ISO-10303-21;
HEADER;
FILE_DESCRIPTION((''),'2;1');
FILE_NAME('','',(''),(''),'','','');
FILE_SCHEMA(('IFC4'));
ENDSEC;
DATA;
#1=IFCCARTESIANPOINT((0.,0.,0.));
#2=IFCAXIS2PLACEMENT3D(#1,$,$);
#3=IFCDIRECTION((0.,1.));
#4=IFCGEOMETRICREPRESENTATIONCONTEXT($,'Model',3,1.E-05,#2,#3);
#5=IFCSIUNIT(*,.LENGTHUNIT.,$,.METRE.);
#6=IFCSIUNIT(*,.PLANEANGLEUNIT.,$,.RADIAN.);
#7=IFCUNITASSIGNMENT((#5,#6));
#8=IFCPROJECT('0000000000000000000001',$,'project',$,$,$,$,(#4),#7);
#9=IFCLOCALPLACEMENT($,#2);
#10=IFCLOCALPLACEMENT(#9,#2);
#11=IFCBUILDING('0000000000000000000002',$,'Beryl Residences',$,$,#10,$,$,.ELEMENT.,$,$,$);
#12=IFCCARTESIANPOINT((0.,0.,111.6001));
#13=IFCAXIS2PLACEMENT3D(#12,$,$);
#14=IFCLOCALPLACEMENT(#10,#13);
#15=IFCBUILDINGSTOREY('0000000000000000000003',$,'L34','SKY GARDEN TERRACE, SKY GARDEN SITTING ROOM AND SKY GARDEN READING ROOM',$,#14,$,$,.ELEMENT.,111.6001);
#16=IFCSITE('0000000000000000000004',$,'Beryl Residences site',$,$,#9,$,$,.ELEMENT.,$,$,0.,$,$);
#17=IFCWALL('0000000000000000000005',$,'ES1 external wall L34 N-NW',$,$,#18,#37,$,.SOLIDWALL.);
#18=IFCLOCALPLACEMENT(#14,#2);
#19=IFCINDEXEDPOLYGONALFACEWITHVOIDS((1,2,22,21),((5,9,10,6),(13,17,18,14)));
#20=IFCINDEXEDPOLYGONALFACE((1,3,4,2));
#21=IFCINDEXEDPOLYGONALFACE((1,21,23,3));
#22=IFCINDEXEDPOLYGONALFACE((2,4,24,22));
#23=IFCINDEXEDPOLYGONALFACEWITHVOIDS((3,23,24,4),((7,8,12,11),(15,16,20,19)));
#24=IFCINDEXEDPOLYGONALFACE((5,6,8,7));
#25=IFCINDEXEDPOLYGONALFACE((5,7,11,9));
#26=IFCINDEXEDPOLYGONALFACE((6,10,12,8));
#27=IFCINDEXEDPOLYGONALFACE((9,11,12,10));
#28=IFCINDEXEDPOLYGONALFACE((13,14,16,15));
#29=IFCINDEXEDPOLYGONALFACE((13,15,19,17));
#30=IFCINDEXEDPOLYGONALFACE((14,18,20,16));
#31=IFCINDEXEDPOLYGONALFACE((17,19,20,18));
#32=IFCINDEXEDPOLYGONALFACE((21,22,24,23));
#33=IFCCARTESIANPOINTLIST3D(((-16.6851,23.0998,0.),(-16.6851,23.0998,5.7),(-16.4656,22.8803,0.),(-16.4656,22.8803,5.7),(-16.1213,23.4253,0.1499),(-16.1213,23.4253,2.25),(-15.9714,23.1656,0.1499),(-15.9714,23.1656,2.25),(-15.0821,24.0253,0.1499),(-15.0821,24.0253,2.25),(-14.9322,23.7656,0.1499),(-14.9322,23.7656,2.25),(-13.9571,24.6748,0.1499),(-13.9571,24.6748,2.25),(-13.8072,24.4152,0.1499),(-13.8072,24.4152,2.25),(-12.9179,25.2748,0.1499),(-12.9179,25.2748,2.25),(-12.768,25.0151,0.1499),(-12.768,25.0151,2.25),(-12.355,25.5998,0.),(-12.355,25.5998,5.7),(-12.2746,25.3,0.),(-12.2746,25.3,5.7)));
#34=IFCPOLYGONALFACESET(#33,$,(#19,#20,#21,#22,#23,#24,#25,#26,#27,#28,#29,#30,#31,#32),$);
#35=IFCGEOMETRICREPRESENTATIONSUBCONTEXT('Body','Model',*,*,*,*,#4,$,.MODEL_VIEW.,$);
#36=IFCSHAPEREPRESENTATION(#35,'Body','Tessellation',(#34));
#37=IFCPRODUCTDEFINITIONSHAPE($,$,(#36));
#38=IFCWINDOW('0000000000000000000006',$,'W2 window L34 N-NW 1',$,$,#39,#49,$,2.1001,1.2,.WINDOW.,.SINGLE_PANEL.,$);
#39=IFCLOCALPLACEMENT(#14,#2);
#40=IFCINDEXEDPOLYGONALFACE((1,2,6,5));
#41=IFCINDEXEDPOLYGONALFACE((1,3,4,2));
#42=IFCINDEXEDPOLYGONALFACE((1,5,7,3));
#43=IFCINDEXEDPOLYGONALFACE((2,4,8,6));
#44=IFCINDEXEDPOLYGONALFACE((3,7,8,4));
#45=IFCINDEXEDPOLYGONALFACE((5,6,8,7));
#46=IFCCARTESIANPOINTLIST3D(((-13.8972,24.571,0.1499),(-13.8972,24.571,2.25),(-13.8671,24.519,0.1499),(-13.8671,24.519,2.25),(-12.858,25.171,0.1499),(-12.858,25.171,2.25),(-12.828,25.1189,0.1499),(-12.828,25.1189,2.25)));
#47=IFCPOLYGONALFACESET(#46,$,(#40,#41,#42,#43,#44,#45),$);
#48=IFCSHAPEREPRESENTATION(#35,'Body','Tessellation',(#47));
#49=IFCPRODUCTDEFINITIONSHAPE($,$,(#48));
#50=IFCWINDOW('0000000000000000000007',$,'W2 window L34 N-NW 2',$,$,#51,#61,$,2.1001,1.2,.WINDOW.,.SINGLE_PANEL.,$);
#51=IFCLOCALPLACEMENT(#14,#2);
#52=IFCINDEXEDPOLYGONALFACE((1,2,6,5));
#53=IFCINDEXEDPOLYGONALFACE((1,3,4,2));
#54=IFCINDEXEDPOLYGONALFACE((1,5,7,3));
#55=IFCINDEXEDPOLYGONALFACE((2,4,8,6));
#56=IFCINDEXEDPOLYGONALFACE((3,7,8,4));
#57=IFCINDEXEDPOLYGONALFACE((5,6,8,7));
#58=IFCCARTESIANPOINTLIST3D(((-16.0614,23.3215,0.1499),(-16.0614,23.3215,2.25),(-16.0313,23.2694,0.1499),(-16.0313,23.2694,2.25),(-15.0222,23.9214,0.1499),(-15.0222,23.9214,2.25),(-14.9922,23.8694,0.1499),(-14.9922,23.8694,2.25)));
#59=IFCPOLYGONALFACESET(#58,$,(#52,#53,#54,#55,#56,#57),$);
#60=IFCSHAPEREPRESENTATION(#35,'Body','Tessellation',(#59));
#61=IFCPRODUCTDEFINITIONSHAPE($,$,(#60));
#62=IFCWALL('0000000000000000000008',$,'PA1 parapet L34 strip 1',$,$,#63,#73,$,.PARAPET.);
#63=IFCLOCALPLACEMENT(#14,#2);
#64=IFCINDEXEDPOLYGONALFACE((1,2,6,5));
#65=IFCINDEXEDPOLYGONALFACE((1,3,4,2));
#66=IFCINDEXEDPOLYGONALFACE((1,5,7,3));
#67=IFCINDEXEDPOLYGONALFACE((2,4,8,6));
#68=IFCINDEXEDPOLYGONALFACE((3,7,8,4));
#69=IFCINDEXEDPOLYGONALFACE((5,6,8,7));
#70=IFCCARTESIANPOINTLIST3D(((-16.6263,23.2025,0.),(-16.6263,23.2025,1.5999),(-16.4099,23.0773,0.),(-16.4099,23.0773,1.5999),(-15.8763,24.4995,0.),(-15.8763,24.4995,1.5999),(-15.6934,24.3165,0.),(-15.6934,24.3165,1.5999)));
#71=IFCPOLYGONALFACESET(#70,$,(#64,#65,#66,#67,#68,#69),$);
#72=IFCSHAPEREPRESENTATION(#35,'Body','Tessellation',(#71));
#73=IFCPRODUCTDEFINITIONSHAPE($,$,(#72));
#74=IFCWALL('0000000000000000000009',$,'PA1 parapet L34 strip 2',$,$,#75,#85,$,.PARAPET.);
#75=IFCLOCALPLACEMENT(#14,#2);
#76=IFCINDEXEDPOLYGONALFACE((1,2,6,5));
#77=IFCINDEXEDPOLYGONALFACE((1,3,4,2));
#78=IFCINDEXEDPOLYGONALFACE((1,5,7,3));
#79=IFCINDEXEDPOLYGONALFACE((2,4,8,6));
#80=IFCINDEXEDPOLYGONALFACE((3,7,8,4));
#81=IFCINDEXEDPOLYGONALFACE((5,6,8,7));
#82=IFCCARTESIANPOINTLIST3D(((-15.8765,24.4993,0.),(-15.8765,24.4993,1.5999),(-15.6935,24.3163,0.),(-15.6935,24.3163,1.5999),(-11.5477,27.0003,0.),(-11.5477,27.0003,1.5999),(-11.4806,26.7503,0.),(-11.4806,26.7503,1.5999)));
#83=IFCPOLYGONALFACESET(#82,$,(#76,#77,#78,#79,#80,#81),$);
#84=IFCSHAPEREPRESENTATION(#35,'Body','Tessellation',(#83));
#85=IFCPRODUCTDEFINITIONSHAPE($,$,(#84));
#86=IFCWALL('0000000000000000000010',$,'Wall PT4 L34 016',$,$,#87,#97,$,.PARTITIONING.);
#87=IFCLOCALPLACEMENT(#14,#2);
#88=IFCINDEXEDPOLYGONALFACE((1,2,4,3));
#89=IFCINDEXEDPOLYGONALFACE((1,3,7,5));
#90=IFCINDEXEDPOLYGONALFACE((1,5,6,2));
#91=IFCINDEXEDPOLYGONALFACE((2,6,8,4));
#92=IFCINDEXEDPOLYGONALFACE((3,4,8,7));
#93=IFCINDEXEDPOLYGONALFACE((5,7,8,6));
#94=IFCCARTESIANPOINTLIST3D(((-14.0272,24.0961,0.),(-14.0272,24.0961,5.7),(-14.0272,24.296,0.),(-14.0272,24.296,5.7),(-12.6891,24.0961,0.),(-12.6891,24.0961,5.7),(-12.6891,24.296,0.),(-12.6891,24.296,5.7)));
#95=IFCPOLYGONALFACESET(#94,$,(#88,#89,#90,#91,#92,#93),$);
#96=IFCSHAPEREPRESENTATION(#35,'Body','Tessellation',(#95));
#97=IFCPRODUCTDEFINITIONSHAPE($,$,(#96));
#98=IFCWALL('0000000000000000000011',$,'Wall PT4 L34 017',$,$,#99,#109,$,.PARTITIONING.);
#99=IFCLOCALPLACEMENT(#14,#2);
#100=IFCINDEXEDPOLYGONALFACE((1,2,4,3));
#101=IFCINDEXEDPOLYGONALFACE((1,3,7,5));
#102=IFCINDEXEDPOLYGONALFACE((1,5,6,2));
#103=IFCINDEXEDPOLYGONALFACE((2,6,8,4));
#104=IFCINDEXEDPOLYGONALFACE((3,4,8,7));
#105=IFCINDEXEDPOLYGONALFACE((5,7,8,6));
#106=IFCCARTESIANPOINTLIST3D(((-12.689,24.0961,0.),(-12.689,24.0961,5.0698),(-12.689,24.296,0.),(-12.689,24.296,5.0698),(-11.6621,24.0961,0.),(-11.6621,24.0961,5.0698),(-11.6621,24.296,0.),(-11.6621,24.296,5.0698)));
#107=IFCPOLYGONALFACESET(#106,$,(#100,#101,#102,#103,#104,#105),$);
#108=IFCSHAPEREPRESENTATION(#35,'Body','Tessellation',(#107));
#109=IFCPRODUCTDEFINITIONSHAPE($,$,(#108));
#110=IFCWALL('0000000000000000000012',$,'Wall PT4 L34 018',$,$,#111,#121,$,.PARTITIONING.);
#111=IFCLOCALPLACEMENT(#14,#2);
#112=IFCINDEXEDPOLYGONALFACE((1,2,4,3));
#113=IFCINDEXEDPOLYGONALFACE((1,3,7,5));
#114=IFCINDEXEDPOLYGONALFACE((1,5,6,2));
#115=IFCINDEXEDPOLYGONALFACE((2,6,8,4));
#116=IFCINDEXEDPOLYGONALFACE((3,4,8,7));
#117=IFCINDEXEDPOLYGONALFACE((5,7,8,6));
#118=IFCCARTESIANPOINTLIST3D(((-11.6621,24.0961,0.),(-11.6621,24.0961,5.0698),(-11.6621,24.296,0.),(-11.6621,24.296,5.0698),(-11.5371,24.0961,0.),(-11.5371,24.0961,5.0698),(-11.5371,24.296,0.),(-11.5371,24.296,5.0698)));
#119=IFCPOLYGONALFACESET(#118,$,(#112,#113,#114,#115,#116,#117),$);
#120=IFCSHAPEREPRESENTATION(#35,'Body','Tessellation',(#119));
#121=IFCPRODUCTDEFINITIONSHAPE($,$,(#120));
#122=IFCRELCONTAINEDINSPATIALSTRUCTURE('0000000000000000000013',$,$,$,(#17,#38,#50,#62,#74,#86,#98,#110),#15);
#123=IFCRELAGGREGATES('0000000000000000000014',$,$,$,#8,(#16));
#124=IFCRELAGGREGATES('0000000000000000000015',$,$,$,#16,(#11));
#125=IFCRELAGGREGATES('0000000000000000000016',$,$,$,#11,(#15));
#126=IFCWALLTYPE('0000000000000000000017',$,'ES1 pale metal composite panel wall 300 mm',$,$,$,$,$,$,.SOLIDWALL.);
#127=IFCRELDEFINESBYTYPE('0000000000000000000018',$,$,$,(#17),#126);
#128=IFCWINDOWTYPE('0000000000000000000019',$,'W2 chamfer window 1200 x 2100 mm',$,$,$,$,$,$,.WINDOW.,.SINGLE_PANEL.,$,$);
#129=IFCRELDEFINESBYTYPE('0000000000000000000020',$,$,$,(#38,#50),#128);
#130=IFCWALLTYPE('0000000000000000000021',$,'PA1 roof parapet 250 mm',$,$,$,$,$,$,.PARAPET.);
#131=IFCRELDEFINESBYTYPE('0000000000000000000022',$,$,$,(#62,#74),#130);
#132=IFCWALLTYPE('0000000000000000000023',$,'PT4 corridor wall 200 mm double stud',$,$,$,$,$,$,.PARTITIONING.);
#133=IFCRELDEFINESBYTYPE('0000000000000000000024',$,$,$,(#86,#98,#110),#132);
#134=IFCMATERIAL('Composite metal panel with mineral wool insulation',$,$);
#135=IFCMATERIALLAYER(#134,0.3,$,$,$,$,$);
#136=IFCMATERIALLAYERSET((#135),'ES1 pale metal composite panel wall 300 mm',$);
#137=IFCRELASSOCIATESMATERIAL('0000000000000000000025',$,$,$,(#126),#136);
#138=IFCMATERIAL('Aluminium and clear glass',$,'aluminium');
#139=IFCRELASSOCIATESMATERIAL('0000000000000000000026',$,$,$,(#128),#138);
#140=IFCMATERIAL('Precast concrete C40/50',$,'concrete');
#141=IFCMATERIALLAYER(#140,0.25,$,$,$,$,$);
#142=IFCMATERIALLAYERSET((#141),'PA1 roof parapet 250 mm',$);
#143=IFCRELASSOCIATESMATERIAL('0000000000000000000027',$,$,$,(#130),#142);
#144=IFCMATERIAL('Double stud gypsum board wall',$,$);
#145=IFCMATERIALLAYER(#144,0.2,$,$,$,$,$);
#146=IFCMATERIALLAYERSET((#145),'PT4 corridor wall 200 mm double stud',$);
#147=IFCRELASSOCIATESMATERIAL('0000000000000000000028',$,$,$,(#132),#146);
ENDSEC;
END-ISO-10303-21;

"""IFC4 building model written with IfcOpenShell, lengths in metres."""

from ifc_helpers import new_model, si_unit, direction, frame, frame_2d, origin, place, context, subcontext, project, spatial, polyline, rectangle, outline, extrude, material, layer, layer_set, type_object, element, fill, save


model = new_model("IFC4")

# Units and contexts
model_context = context("Model", 3, precision=1e-05, world=origin(), true_north=direction((0.0, 1.0)))
body_context = subcontext(model_context, "Body", "Model", "MODEL_VIEW")
ifc_project = project(units=[si_unit("LENGTHUNIT", "METRE"), si_unit("PLANEANGLEUNIT", "RADIAN")], contexts=[model_context])

# Site, building, storey
site_placement = place(None, origin())
site = spatial("IfcSite", under=ifc_project, at=site_placement, Name="Beryl Residences site", CompositionType="ELEMENT", RefElevation=0.0)
building_placement = place(site_placement, origin())
building = spatial("IfcBuilding", under=site, at=building_placement, Name="Beryl Residences", CompositionType="ELEMENT")
storey_placement = place(building_placement, frame((0.0, 0.0, 111.6001)))
storey = spatial("IfcBuildingStorey", under=building, at=storey_placement, Name="L34", Description="SKY GARDEN TERRACE, SKY GARDEN SITTING ROOM AND SKY GARDEN READING ROOM", CompositionType="ELEMENT", Elevation=111.6001)

# Wall, openings, windows
ifc_material_1 = material(Name="Composite metal panel with mineral wool insulation")
ifc_layer_1 = layer(ifc_material_1, 0.3)
ifc_layer_set_1 = layer_set([ifc_layer_1], Name="ES1 pale metal composite panel wall 300 mm")
wall_type_1 = type_object("IfcWallType", Name="ES1 pale metal composite panel wall 300 mm", PredefinedType="SOLIDWALL", material=ifc_layer_set_1)
wall_1_placement = place(storey_placement, frame((-12.28, 25.47, 0.0), z_axis=(0.0, 0.0, 1.0), x_axis=(-0.866023, -0.500004, 0.0)))
wall_1 = element("IfcWall", 1, at=wall_1_placement, inside=storey, type_object=wall_type_1, Name="ES1 external wall L34 N-NW", PredefinedType="SOLIDWALL", context=body_context, shape_type="SweptSolid", body=[
    extrude(outline(polyline([(0.0, -0.1499), (5.0, -0.1499), (4.9197, 0.1499), (0.0803, 0.1499), (0.0, -0.1499)])), origin(), (0.0, 0.0, 1.0), 5.7),
])
opening_1_placement = place(wall_1_placement, frame((0.6499, 0.0, 0.1499)))
opening_1 = element("IfcOpeningElement", 2, at=opening_1_placement, cuts=wall_1, PredefinedType="OPENING", context=body_context, shape_type="SweptSolid", body=[
    extrude(rectangle(XDim=1.2, YDim=2.1001, at=frame_2d((0.6001, 1.05))), frame((0.0, 0.1599, 0.0), z_axis=(0.0, -1.0, 0.0), x_axis=(1.0, 0.0, 0.0)), (0.0, 0.0, 1.0), 0.3201),
])
opening_2_placement = place(wall_1_placement, frame((3.1489, 0.0, 0.1499)))
opening_2 = element("IfcOpeningElement", 3, at=opening_2_placement, cuts=wall_1, PredefinedType="OPENING", context=body_context, shape_type="SweptSolid", body=[
    extrude(rectangle(XDim=1.2, YDim=2.1001, at=frame_2d((0.6001, 1.05))), frame((0.0, 0.1599, 0.0), z_axis=(0.0, -1.0, 0.0), x_axis=(1.0, 0.0, 0.0)), (0.0, 0.0, 1.0), 0.3201),
])
ifc_material_2 = material(Name="Aluminium and clear glass", Category="aluminium")
window_type = type_object("IfcWindowType", Name="W2 chamfer window 1200 x 2100 mm", PartitioningType="SINGLE_PANEL", PredefinedType="WINDOW", material=ifc_material_2)
window_1_placement = place(opening_1_placement, origin())
window_1 = element("IfcWindow", 4, at=window_1_placement, inside=storey, type_object=window_type, Name="W2 window L34 N-NW 1", OverallHeight=2.1001, OverallWidth=1.2, PartitioningType="SINGLE_PANEL", PredefinedType="WINDOW", context=body_context, shape_type="SweptSolid", body=[
    extrude(rectangle(XDim=1.2, YDim=2.1001, at=frame_2d((0.6001, 1.05))), frame((0.0, 0.03, 0.0), z_axis=(0.0, -1.0, 0.0), x_axis=(1.0, 0.0, 0.0)), (0.0, 0.0, 1.0), 0.0601),
])
fill(opening_1, window_1)
window_2_placement = place(opening_2_placement, origin())
window_2 = element("IfcWindow", 5, at=window_2_placement, inside=storey, type_object=window_type, Name="W2 window L34 N-NW 2", OverallHeight=2.1001, OverallWidth=1.2, PartitioningType="SINGLE_PANEL", PredefinedType="WINDOW", context=body_context, shape_type="SweptSolid", body=[
    extrude(rectangle(XDim=1.2, YDim=2.1001, at=frame_2d((0.6001, 1.05))), frame((0.0, 0.03, 0.0), z_axis=(0.0, -1.0, 0.0), x_axis=(1.0, 0.0, 0.0)), (0.0, 0.0, 1.0), 0.0601),
])
fill(opening_2, window_2)

# Walls
ifc_material_3 = material(Name="Precast concrete C40/50", Category="concrete")
ifc_layer_2 = layer(ifc_material_3, 0.25)
ifc_layer_set_2 = layer_set([ifc_layer_2], Name="PA1 roof parapet 250 mm")
wall_type_2 = type_object("IfcWallType", Name="PA1 roof parapet 250 mm", PredefinedType="PARAPET", material=ifc_layer_set_2)
wall_2_placement = place(storey_placement, frame((-16.5181, 23.1399, 0.0), z_axis=(0.0, 0.0, 1.0), x_axis=(0.500554, 0.865705, 0.0)))
element("IfcWall", 6, at=wall_2_placement, inside=storey, type_object=wall_type_2, Name="PA1 parapet L34 strip 1", PredefinedType="PARAPET", context=body_context, shape_type="SweptSolid", body=[
    extrude(outline(polyline([(0.0, -0.125), (1.4314, -0.125), (1.4983, 0.125), (0.0, 0.125), (0.0, -0.125)])), origin(), (0.0, 0.0, 1.0), 1.5999),
])
wall_3_placement = place(storey_placement, frame((-15.814, 24.3911, 0.0), z_axis=(0.0, 0.0, 1.0), x_axis=(0.865877, 0.500256, 0.0)))
element("IfcWall", 7, at=wall_3_placement, inside=storey, type_object=wall_type_2, Name="PA1 parapet L34 strip 2", PredefinedType="PARAPET", context=body_context, shape_type="SweptSolid", body=[
    extrude(outline(polyline([(0.0669, -0.125), (4.9324, -0.125), (4.9993, 0.125), (0.0, 0.125), (0.0669, -0.125)])), origin(), (0.0, 0.0, 1.0), 1.5999),
])
ifc_material_4 = material(Name="Double stud gypsum board wall")
ifc_layer_3 = layer(ifc_material_4, 0.2)
ifc_layer_set_3 = layer_set([ifc_layer_3], Name="PT4 corridor wall 200 mm double stud")
wall_type_3 = type_object("IfcWallType", Name="PT4 corridor wall 200 mm double stud", PredefinedType="PARTITIONING", material=ifc_layer_set_3)
wall_4_placement = place(storey_placement, frame((-14.0271, 24.196, 0.0), z_axis=(0.0, 0.0, 1.0), x_axis=(1.0, 0.0, 0.0)))
element("IfcWall", 8, at=wall_4_placement, inside=storey, type_object=wall_type_3, Name="Wall PT4 L34 016", PredefinedType="PARTITIONING", context=body_context, shape_type="SweptSolid", body=[
    extrude(rectangle(XDim=1.3381, YDim=0.2, at=frame_2d((0.6689, 0.0))), origin(), (0.0, 0.0, 1.0), 5.7),
])
wall_5_placement = place(storey_placement, frame((-12.689, 24.196, 0.0), z_axis=(0.0, 0.0, 1.0), x_axis=(1.0, 0.0, 0.0)))
element("IfcWall", 9, at=wall_5_placement, inside=storey, type_object=wall_type_3, Name="Wall PT4 L34 017", PredefinedType="PARTITIONING", context=body_context, shape_type="SweptSolid", body=[
    extrude(rectangle(XDim=1.0269, YDim=0.2, at=frame_2d((0.5134, 0.0))), origin(), (0.0, 0.0, 1.0), 5.0698),
])
wall_6_placement = place(storey_placement, frame((-11.6621, 24.196, 0.0), z_axis=(0.0, 0.0, 1.0), x_axis=(1.0, 0.0, 0.0)))
element("IfcWall", 10, at=wall_6_placement, inside=storey, type_object=wall_type_3, Name="Wall PT4 L34 018", PredefinedType="PARTITIONING", context=body_context, shape_type="SweptSolid", body=[
    extrude(rectangle(XDim=0.125, YDim=0.2, at=frame_2d((0.0625, 0.0))), origin(), (0.0, 0.0, 1.0), 5.0698),
])

save(model, "model.ifc")
